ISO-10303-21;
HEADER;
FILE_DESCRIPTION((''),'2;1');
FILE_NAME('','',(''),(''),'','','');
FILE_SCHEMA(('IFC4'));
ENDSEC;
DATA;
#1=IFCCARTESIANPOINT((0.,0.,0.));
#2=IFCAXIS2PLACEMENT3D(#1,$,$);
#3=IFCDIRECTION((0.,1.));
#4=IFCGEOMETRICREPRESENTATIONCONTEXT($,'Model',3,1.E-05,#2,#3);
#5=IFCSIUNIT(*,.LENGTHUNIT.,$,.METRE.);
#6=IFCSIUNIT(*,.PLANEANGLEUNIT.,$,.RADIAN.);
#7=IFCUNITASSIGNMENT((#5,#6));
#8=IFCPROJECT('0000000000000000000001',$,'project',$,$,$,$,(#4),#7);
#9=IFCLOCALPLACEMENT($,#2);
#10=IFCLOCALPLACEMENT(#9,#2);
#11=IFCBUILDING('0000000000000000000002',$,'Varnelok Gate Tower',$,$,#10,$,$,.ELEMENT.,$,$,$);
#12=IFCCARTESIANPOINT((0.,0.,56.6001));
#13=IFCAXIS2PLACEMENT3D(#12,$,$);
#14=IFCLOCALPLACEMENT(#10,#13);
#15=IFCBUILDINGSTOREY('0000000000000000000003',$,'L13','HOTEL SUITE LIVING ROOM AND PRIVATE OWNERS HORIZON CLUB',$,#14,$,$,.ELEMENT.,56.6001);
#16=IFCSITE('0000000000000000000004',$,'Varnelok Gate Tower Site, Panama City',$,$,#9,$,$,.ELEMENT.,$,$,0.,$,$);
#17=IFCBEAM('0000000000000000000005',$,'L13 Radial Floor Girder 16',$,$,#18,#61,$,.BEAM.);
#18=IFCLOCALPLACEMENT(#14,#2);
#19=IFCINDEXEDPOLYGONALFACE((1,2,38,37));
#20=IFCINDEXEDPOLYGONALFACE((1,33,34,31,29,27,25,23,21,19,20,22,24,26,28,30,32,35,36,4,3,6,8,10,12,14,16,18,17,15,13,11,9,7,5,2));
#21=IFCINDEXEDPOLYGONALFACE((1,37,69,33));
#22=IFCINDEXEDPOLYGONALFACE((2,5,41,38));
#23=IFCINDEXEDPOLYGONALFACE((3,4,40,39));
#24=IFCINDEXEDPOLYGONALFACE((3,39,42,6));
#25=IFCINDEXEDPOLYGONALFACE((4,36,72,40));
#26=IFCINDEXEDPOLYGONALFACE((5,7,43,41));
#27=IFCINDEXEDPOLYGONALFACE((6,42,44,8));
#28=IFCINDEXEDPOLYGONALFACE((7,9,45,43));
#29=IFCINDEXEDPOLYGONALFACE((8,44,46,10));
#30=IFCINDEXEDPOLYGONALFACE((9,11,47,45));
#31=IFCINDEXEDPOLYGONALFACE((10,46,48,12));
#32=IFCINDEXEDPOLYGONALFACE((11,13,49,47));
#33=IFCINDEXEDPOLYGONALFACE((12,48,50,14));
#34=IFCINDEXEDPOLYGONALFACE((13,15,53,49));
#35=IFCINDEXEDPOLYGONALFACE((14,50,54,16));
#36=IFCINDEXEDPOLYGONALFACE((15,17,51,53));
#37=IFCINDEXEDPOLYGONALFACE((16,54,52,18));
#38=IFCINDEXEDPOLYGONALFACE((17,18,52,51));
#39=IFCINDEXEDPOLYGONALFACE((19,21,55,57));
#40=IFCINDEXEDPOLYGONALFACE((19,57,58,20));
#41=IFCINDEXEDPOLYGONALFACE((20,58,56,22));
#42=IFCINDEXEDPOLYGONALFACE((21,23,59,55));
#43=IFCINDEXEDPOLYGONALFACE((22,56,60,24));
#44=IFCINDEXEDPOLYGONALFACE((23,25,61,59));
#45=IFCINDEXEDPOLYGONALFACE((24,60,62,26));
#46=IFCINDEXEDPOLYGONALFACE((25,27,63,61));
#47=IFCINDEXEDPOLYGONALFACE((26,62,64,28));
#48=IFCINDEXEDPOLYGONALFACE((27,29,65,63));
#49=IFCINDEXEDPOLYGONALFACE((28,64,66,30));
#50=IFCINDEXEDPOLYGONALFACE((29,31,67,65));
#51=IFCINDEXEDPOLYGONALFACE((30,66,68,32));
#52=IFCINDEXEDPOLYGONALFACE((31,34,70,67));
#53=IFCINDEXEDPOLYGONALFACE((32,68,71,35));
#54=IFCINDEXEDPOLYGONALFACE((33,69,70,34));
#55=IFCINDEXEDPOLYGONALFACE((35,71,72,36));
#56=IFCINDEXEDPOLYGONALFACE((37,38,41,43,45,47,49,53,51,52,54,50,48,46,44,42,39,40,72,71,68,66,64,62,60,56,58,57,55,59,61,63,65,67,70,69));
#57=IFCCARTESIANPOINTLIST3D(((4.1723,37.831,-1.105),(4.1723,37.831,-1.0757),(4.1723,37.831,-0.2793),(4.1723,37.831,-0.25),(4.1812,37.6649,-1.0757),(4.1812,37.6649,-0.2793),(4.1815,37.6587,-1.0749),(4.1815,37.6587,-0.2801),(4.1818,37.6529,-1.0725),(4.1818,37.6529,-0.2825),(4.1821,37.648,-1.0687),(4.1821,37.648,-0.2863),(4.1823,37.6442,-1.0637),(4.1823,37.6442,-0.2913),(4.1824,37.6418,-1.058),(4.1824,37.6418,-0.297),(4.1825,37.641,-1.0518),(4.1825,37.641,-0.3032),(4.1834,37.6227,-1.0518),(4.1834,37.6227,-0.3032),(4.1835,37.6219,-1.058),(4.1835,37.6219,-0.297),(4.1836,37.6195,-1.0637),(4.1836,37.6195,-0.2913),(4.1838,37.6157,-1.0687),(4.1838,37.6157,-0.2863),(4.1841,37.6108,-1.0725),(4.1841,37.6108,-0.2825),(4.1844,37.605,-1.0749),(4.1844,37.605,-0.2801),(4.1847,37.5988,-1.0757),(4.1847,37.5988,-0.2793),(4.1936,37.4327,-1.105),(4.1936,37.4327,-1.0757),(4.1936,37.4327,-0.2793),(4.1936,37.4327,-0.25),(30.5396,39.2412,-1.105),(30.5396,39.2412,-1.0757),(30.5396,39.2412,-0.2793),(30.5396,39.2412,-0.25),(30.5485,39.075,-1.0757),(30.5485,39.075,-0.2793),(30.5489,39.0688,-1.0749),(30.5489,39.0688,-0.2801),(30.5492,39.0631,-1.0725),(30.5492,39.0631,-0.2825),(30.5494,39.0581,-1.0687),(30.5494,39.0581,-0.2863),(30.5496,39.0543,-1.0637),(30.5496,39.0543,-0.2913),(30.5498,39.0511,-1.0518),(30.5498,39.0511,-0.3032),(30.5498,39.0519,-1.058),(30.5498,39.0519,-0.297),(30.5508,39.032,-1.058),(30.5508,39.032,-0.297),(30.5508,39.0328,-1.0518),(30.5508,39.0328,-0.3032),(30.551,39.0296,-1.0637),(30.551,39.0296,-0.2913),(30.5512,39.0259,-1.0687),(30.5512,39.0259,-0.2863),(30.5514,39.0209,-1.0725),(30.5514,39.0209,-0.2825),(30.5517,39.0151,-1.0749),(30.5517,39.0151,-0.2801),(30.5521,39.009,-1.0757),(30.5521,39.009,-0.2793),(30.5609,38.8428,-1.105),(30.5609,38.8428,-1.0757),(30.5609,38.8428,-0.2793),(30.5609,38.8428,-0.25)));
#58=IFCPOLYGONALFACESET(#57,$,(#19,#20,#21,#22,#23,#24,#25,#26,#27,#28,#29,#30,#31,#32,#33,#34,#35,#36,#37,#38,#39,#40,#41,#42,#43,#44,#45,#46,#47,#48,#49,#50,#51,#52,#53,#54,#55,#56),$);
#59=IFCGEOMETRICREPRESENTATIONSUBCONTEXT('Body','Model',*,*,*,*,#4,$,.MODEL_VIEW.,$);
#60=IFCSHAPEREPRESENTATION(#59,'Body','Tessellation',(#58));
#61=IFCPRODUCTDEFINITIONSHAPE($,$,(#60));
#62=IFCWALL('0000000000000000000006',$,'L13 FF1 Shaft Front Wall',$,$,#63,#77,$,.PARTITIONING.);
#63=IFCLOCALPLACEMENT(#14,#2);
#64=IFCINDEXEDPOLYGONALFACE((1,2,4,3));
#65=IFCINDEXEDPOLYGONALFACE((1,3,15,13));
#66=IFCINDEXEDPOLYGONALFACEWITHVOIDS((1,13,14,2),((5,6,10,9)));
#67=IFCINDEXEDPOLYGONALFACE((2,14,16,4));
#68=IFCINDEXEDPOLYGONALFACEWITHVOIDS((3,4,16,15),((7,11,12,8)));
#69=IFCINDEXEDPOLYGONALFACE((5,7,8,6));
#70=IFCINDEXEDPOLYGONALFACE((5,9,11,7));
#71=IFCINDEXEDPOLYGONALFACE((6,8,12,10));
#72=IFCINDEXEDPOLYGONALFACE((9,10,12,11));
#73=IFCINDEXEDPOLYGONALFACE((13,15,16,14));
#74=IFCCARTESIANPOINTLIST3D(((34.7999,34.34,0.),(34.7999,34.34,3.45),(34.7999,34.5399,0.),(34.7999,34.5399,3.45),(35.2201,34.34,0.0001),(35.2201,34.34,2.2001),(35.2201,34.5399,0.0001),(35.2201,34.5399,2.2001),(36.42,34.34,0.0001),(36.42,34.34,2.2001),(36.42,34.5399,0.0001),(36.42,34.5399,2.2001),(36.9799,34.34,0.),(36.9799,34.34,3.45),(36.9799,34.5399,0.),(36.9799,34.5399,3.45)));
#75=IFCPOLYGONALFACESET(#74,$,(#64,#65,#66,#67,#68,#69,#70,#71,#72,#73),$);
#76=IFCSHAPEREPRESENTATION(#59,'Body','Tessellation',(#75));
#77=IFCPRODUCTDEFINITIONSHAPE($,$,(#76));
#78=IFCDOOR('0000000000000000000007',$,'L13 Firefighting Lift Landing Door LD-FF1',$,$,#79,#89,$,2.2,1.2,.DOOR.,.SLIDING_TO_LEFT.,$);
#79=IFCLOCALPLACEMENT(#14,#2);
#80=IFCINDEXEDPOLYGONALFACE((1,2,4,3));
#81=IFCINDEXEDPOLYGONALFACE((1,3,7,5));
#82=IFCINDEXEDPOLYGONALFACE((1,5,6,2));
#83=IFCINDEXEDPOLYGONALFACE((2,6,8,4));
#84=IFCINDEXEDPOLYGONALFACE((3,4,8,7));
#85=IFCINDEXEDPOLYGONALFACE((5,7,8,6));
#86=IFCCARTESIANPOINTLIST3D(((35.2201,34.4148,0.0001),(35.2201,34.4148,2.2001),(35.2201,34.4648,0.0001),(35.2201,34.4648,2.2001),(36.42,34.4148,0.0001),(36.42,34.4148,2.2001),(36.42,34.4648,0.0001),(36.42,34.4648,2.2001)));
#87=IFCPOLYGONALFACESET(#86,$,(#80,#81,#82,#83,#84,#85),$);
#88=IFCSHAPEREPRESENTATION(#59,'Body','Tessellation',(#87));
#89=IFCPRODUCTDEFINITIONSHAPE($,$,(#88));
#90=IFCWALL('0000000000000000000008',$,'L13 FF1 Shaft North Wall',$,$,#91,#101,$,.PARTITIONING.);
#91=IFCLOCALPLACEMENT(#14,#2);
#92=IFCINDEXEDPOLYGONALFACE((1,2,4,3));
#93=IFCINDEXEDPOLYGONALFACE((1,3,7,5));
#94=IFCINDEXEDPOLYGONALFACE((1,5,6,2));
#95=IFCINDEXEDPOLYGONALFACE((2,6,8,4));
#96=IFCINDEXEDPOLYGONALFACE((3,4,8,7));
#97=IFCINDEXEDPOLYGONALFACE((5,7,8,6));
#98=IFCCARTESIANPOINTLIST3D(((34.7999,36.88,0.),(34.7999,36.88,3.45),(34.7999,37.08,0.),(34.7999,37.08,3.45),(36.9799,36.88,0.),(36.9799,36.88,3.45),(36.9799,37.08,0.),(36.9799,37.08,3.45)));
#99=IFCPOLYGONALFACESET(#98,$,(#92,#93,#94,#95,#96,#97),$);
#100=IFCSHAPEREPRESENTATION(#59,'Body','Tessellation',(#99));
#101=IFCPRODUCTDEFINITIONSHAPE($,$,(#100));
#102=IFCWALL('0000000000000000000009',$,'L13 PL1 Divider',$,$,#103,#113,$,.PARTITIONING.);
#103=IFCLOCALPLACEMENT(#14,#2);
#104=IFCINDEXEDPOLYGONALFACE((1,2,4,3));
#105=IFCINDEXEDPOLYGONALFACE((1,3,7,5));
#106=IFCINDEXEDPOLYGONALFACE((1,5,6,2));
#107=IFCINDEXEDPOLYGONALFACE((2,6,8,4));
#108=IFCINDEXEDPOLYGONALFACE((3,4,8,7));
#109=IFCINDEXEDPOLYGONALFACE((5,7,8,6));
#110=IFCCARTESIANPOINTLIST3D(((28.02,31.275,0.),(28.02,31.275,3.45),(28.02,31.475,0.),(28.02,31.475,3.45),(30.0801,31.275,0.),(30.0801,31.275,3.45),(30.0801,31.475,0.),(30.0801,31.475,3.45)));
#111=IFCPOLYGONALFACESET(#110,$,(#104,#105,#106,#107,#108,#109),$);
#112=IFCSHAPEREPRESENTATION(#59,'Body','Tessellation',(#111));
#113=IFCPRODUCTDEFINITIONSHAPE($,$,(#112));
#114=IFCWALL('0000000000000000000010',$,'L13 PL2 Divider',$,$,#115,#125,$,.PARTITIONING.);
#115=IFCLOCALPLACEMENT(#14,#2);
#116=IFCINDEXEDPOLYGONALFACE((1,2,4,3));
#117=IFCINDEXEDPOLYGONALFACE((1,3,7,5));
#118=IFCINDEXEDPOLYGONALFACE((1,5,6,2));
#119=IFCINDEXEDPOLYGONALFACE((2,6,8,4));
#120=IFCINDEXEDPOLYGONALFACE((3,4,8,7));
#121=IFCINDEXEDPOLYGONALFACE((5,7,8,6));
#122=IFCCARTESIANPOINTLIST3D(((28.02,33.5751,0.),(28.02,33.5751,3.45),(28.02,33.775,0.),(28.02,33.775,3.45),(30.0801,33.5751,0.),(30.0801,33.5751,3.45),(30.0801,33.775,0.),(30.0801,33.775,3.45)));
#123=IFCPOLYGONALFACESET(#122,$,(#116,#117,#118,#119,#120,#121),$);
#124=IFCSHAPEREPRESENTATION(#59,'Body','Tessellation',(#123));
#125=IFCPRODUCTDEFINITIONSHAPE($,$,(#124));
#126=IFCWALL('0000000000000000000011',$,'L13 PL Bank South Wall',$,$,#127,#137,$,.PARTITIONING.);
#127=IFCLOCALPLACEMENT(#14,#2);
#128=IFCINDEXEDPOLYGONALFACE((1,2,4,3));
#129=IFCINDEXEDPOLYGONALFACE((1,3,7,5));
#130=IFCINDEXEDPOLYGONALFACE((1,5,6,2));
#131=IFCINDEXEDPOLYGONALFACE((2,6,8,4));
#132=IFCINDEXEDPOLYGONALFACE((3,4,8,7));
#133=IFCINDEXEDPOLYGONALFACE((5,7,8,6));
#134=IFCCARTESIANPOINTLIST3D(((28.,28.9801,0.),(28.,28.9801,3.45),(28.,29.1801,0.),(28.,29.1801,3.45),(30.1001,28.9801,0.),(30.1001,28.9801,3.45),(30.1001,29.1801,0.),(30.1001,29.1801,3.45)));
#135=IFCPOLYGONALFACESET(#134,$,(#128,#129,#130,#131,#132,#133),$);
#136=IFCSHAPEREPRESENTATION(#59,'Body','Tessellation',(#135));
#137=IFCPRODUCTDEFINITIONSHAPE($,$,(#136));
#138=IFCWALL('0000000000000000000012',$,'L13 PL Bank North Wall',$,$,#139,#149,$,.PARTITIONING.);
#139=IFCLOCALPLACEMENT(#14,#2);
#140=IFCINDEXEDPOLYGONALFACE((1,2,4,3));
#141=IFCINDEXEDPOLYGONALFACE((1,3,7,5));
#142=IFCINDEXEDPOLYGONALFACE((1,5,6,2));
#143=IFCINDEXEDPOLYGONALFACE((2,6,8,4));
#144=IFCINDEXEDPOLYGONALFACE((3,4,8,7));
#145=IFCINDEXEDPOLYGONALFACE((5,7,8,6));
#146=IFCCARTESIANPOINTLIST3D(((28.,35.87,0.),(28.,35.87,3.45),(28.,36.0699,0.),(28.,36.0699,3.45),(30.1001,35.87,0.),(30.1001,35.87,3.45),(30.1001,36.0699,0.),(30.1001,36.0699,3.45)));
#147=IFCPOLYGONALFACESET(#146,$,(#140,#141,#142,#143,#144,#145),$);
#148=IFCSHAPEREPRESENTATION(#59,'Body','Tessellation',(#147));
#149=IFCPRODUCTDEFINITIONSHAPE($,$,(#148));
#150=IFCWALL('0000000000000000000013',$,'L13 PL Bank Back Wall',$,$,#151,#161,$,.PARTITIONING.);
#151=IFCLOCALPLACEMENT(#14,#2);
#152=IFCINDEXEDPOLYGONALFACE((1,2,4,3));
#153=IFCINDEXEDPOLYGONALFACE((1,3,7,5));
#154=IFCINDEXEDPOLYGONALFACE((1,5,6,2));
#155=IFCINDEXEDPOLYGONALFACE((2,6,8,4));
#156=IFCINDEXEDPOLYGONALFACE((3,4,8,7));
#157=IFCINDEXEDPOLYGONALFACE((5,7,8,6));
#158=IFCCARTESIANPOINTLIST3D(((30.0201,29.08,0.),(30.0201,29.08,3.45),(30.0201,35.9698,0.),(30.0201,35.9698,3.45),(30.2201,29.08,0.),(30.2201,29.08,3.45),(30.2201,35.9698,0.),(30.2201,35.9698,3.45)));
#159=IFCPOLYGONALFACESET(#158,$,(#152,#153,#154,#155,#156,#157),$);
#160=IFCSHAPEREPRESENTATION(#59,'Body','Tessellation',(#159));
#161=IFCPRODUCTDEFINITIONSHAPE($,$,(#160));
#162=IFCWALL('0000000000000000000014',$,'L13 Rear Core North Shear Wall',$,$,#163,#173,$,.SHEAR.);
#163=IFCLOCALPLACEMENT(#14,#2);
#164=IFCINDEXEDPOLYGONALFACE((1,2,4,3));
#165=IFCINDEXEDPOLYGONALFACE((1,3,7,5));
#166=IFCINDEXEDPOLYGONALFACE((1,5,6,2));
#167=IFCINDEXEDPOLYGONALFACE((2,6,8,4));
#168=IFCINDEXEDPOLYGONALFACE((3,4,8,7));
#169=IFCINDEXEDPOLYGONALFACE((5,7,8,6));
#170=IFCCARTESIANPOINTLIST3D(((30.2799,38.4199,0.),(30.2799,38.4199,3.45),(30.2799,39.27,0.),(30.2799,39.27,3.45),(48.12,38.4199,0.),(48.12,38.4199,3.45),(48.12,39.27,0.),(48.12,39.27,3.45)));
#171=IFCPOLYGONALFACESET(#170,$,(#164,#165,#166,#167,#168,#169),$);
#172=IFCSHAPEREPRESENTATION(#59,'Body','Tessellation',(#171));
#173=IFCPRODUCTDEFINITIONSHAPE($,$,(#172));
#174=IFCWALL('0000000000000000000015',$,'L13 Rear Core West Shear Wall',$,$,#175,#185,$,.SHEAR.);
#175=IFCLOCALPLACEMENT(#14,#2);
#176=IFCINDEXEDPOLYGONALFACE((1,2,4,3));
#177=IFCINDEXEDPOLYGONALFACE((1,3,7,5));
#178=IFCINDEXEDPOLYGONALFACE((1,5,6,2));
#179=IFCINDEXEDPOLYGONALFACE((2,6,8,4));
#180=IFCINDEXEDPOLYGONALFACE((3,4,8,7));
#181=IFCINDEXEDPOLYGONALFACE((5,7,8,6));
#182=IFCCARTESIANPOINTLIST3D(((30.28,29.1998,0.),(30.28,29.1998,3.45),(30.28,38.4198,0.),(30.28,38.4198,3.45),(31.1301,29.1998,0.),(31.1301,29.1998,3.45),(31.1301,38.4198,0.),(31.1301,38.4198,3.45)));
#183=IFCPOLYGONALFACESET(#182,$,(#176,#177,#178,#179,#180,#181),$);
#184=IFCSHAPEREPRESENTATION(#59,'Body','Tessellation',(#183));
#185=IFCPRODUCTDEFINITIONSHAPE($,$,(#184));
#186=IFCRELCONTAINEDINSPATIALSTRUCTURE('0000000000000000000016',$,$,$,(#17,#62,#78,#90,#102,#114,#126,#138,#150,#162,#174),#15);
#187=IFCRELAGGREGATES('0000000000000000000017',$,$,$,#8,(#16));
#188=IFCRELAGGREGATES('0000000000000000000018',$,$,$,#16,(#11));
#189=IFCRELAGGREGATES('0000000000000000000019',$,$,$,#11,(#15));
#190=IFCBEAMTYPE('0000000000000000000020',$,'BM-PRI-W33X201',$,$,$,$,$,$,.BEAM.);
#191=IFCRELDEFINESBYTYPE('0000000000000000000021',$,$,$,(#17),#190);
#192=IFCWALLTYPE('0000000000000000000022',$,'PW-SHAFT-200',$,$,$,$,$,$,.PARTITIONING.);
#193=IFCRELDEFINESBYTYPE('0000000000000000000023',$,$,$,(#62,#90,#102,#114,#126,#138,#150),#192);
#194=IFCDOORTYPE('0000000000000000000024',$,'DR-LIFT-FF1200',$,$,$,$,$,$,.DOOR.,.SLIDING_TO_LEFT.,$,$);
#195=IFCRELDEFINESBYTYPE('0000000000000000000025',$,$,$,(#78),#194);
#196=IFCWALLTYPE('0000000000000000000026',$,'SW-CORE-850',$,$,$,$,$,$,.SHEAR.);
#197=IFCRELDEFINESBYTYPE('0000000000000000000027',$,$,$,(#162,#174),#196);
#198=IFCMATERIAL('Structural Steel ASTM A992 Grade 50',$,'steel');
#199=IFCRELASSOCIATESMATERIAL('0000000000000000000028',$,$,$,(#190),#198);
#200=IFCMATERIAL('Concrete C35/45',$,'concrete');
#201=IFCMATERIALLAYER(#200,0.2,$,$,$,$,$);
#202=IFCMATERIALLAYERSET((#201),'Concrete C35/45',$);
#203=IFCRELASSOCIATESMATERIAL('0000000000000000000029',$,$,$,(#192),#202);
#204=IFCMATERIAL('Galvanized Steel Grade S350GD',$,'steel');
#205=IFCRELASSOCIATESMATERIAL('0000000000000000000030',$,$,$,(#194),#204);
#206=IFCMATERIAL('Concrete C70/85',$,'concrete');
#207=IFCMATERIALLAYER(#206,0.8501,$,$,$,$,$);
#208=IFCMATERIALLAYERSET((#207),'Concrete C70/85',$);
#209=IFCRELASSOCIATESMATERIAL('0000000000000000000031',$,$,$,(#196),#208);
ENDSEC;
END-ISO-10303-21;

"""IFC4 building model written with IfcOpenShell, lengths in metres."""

from ifc_helpers import new_model, si_unit, direction, frame, frame_2d, origin, origin_2d, place, context, subcontext, project, spatial, rectangle, i_section, extrude, material, layer, layer_set, material_profile, profile_set, type_object, element, fill, save


model = new_model("IFC4")

# Units and contexts
model_context = context("Model", 3, precision=1e-05, world=origin(), true_north=direction((0.0, 1.0)))
body_context = subcontext(model_context, "Body", "Model", "MODEL_VIEW")
ifc_project = project(units=[si_unit("LENGTHUNIT", "METRE"), si_unit("PLANEANGLEUNIT", "RADIAN")], contexts=[model_context])

# Site, building, storey
site_placement = place(None, origin())
site = spatial("IfcSite", under=ifc_project, at=site_placement, Name="Varnelok Gate Tower Site, Panama City", CompositionType="ELEMENT", RefElevation=0.0)
building_placement = place(site_placement, origin())
building = spatial("IfcBuilding", under=site, at=building_placement, Name="Varnelok Gate Tower", CompositionType="ELEMENT")
storey_placement = place(building_placement, frame((0.0, 0.0, 56.6001)))
storey = spatial("IfcBuildingStorey", under=building, at=storey_placement, Name="L13", Description="HOTEL SUITE LIVING ROOM AND PRIVATE OWNERS HORIZON CLUB", CompositionType="ELEMENT", Elevation=56.6001)

# Beam
ifc_material_1 = material(Name="Structural Steel ASTM A992 Grade 50", Category="steel")
ifc_material_profile = material_profile(ifc_material_1, i_section(OverallWidth=0.3989, OverallDepth=0.855, WebThickness=0.0183, FlangeThickness=0.0293, FilletRadius=0.0239, at=origin_2d()), Name="W33X201")
ifc_profile_set = profile_set([ifc_material_profile], Name="Structural Steel ASTM A992 Grade 50")
beam_type = type_object("IfcBeamType", Name="BM-PRI-W33X201", PredefinedType="BEAM", material=ifc_profile_set)
beam_placement = place(storey_placement, frame((30.5503, 39.042, -0.6775), z_axis=(-0.998573, -0.053405, 0.0), x_axis=(0.053405, -0.998573, 0.0)))
element("IfcBeam", 1, at=beam_placement, inside=storey, type_object=beam_type, Name="L13 Radial Floor Girder 16", PredefinedType="BEAM", context=body_context, shape_type="SweptSolid", body=[
    extrude(i_section(OverallWidth=0.3989, OverallDepth=0.855, WebThickness=0.0183, FlangeThickness=0.0293, FilletRadius=0.0239, at=origin_2d()), origin(), (0.0, 0.0, 1.0), 26.405),
])

# Wall, opening, door
ifc_material_2 = material(Name="Concrete C35/45", Category="concrete")
ifc_layer_1 = layer(ifc_material_2, 0.2)
ifc_layer_set_1 = layer_set([ifc_layer_1], Name="Concrete C35/45")
wall_type_1 = type_object("IfcWallType", Name="PW-SHAFT-200", PredefinedType="PARTITIONING", material=ifc_layer_set_1)
wall_1_placement = place(storey_placement, frame((34.8, 34.4399, 0.0), z_axis=(0.0, 0.0, 1.0), x_axis=(1.0, 0.0, 0.0)))
wall_1 = element("IfcWall", 2, at=wall_1_placement, inside=storey, type_object=wall_type_1, Name="L13 FF1 Shaft Front Wall", PredefinedType="PARTITIONING", context=body_context, shape_type="SweptSolid", body=[
    extrude(rectangle(XDim=2.1799, YDim=0.2, at=frame_2d((1.0898, 0.0))), origin(), (0.0, 0.0, 1.0), 3.45),
])
opening_1_placement = place(wall_1_placement, frame((0.4199, 0.0, 0.0)))
opening_1 = element("IfcOpeningElement", 3, at=opening_1_placement, cuts=wall_1, PredefinedType="OPENING", context=body_context, shape_type="SweptSolid", body=[
    extrude(rectangle(XDim=1.2, YDim=2.2, at=frame_2d((0.6001, 1.1001))), frame((0.0, 0.1099, 0.0), z_axis=(0.0, -1.0, 0.0), x_axis=(1.0, 0.0, 0.0)), (0.0, 0.0, 1.0), 0.22),
])
ifc_material_3 = material(Name="Galvanized Steel Grade S350GD", Category="steel")
door_type_1 = type_object("IfcDoorType", Name="DR-LIFT-FF1200", OperationType="SLIDING_TO_LEFT", PredefinedType="DOOR", material=ifc_material_3)
door_1_placement = place(opening_1_placement, origin())
door_1 = element("IfcDoor", 4, at=door_1_placement, inside=storey, type_object=door_type_1, Name="L13 Firefighting Lift Landing Door LD-FF1", OperationType="SLIDING_TO_LEFT", OverallHeight=2.2, OverallWidth=1.2, PredefinedType="DOOR", context=body_context, shape_type="SweptSolid", body=[
    extrude(rectangle(XDim=1.2, YDim=2.2, at=frame_2d((0.6001, 1.1001))), frame((0.0, 0.0249, 0.0), z_axis=(0.0, -1.0, 0.0), x_axis=(1.0, 0.0, 0.0)), (0.0, 0.0, 1.0), 0.05),
])
fill(opening_1, door_1)

# Walls
wall_2_placement = place(storey_placement, frame((34.8, 36.98, 0.0), z_axis=(0.0, 0.0, 1.0), x_axis=(1.0, 0.0, 0.0)))
element("IfcWall", 5, at=wall_2_placement, inside=storey, type_object=wall_type_1, Name="L13 FF1 Shaft North Wall", PredefinedType="PARTITIONING", context=body_context, shape_type="SweptSolid", body=[
    extrude(rectangle(XDim=2.1799, YDim=0.2, at=frame_2d((1.0898, 0.0))), origin(), (0.0, 0.0, 1.0), 3.45),
])
for number, where, z_axis, x_axis, name in (
    (6, (28.02, 31.375, 0.0), (0.0, 0.0, 1.0), (1.0, 0.0, 0.0), "L13 PL1 Divider"),
    (7, (28.02, 33.675, 0.0), (0.0, 0.0, 1.0), (1.0, 0.0, 0.0), "L13 PL2 Divider"),
):
    element("IfcWall", number, at=place(storey_placement, frame(where, z_axis=z_axis, x_axis=x_axis)), inside=storey, type_object=wall_type_1, Name=name, PredefinedType="PARTITIONING", context=body_context, shape_type="SweptSolid", body=[
        extrude(rectangle(XDim=2.0601, YDim=0.2, at=frame_2d((1.03, 0.0))), origin(), (0.0, 0.0, 1.0), 3.45),
    ])
for number, where, z_axis, x_axis, name in (
    (8, (28.0, 29.0801, 0.0), (0.0, 0.0, 1.0), (1.0, 0.0, 0.0), "L13 PL Bank South Wall"),
    (9, (28.0, 35.97, 0.0), (0.0, 0.0, 1.0), (1.0, 0.0, 0.0), "L13 PL Bank North Wall"),
):
    element("IfcWall", number, at=place(storey_placement, frame(where, z_axis=z_axis, x_axis=x_axis)), inside=storey, type_object=wall_type_1, Name=name, PredefinedType="PARTITIONING", context=body_context, shape_type="SweptSolid", body=[
        extrude(rectangle(XDim=2.1001, YDim=0.2, at=frame_2d((1.05, 0.0))), origin(), (0.0, 0.0, 1.0), 3.45),
    ])
wall_3_placement = place(storey_placement, frame((30.1201, 29.0801, 0.0), z_axis=(0.0, 0.0, 1.0), x_axis=(0.0, 1.0, 0.0)))
element("IfcWall", 10, at=wall_3_placement, inside=storey, type_object=wall_type_1, Name="L13 PL Bank Back Wall", PredefinedType="PARTITIONING", context=body_context, shape_type="SweptSolid", body=[
    extrude(rectangle(XDim=6.8899, YDim=0.2, at=frame_2d((3.4448, 0.0))), origin(), (0.0, 0.0, 1.0), 3.45),
])

# Walls
ifc_material_4 = material(Name="Concrete C70/85", Category="concrete")
ifc_layer_2 = layer(ifc_material_4, 0.8501)
ifc_layer_set_2 = layer_set([ifc_layer_2], Name="Concrete C70/85")
wall_type_2 = type_object("IfcWallType", Name="SW-CORE-850", PredefinedType="SHEAR", material=ifc_layer_set_2)
wall_4_placement = place(storey_placement, frame((30.28, 38.845, 0.0), z_axis=(0.0, 0.0, 1.0), x_axis=(1.0, 0.0, 0.0)))
element("IfcWall", 11, at=wall_4_placement, inside=storey, type_object=wall_type_2, Name="L13 Rear Core North Shear Wall", PredefinedType="SHEAR", context=body_context, shape_type="SweptSolid", body=[
    extrude(rectangle(XDim=17.8401, YDim=0.8501, at=frame_2d((8.9199, 0.0))), origin(), (0.0, 0.0, 1.0), 3.45),
])
wall_5_placement = place(storey_placement, frame((30.7051, 29.2, 0.0), z_axis=(0.0, 0.0, 1.0), x_axis=(0.0, 1.0, 0.0)))
element("IfcWall", 12, at=wall_5_placement, inside=storey, type_object=wall_type_2, Name="L13 Rear Core West Shear Wall", PredefinedType="SHEAR", context=body_context, shape_type="SweptSolid", body=[
    extrude(rectangle(XDim=9.22, YDim=0.8501, at=frame_2d((4.6099, 0.0))), origin(), (0.0, 0.0, 1.0), 3.45),
])

save(model, "model.ifc")
